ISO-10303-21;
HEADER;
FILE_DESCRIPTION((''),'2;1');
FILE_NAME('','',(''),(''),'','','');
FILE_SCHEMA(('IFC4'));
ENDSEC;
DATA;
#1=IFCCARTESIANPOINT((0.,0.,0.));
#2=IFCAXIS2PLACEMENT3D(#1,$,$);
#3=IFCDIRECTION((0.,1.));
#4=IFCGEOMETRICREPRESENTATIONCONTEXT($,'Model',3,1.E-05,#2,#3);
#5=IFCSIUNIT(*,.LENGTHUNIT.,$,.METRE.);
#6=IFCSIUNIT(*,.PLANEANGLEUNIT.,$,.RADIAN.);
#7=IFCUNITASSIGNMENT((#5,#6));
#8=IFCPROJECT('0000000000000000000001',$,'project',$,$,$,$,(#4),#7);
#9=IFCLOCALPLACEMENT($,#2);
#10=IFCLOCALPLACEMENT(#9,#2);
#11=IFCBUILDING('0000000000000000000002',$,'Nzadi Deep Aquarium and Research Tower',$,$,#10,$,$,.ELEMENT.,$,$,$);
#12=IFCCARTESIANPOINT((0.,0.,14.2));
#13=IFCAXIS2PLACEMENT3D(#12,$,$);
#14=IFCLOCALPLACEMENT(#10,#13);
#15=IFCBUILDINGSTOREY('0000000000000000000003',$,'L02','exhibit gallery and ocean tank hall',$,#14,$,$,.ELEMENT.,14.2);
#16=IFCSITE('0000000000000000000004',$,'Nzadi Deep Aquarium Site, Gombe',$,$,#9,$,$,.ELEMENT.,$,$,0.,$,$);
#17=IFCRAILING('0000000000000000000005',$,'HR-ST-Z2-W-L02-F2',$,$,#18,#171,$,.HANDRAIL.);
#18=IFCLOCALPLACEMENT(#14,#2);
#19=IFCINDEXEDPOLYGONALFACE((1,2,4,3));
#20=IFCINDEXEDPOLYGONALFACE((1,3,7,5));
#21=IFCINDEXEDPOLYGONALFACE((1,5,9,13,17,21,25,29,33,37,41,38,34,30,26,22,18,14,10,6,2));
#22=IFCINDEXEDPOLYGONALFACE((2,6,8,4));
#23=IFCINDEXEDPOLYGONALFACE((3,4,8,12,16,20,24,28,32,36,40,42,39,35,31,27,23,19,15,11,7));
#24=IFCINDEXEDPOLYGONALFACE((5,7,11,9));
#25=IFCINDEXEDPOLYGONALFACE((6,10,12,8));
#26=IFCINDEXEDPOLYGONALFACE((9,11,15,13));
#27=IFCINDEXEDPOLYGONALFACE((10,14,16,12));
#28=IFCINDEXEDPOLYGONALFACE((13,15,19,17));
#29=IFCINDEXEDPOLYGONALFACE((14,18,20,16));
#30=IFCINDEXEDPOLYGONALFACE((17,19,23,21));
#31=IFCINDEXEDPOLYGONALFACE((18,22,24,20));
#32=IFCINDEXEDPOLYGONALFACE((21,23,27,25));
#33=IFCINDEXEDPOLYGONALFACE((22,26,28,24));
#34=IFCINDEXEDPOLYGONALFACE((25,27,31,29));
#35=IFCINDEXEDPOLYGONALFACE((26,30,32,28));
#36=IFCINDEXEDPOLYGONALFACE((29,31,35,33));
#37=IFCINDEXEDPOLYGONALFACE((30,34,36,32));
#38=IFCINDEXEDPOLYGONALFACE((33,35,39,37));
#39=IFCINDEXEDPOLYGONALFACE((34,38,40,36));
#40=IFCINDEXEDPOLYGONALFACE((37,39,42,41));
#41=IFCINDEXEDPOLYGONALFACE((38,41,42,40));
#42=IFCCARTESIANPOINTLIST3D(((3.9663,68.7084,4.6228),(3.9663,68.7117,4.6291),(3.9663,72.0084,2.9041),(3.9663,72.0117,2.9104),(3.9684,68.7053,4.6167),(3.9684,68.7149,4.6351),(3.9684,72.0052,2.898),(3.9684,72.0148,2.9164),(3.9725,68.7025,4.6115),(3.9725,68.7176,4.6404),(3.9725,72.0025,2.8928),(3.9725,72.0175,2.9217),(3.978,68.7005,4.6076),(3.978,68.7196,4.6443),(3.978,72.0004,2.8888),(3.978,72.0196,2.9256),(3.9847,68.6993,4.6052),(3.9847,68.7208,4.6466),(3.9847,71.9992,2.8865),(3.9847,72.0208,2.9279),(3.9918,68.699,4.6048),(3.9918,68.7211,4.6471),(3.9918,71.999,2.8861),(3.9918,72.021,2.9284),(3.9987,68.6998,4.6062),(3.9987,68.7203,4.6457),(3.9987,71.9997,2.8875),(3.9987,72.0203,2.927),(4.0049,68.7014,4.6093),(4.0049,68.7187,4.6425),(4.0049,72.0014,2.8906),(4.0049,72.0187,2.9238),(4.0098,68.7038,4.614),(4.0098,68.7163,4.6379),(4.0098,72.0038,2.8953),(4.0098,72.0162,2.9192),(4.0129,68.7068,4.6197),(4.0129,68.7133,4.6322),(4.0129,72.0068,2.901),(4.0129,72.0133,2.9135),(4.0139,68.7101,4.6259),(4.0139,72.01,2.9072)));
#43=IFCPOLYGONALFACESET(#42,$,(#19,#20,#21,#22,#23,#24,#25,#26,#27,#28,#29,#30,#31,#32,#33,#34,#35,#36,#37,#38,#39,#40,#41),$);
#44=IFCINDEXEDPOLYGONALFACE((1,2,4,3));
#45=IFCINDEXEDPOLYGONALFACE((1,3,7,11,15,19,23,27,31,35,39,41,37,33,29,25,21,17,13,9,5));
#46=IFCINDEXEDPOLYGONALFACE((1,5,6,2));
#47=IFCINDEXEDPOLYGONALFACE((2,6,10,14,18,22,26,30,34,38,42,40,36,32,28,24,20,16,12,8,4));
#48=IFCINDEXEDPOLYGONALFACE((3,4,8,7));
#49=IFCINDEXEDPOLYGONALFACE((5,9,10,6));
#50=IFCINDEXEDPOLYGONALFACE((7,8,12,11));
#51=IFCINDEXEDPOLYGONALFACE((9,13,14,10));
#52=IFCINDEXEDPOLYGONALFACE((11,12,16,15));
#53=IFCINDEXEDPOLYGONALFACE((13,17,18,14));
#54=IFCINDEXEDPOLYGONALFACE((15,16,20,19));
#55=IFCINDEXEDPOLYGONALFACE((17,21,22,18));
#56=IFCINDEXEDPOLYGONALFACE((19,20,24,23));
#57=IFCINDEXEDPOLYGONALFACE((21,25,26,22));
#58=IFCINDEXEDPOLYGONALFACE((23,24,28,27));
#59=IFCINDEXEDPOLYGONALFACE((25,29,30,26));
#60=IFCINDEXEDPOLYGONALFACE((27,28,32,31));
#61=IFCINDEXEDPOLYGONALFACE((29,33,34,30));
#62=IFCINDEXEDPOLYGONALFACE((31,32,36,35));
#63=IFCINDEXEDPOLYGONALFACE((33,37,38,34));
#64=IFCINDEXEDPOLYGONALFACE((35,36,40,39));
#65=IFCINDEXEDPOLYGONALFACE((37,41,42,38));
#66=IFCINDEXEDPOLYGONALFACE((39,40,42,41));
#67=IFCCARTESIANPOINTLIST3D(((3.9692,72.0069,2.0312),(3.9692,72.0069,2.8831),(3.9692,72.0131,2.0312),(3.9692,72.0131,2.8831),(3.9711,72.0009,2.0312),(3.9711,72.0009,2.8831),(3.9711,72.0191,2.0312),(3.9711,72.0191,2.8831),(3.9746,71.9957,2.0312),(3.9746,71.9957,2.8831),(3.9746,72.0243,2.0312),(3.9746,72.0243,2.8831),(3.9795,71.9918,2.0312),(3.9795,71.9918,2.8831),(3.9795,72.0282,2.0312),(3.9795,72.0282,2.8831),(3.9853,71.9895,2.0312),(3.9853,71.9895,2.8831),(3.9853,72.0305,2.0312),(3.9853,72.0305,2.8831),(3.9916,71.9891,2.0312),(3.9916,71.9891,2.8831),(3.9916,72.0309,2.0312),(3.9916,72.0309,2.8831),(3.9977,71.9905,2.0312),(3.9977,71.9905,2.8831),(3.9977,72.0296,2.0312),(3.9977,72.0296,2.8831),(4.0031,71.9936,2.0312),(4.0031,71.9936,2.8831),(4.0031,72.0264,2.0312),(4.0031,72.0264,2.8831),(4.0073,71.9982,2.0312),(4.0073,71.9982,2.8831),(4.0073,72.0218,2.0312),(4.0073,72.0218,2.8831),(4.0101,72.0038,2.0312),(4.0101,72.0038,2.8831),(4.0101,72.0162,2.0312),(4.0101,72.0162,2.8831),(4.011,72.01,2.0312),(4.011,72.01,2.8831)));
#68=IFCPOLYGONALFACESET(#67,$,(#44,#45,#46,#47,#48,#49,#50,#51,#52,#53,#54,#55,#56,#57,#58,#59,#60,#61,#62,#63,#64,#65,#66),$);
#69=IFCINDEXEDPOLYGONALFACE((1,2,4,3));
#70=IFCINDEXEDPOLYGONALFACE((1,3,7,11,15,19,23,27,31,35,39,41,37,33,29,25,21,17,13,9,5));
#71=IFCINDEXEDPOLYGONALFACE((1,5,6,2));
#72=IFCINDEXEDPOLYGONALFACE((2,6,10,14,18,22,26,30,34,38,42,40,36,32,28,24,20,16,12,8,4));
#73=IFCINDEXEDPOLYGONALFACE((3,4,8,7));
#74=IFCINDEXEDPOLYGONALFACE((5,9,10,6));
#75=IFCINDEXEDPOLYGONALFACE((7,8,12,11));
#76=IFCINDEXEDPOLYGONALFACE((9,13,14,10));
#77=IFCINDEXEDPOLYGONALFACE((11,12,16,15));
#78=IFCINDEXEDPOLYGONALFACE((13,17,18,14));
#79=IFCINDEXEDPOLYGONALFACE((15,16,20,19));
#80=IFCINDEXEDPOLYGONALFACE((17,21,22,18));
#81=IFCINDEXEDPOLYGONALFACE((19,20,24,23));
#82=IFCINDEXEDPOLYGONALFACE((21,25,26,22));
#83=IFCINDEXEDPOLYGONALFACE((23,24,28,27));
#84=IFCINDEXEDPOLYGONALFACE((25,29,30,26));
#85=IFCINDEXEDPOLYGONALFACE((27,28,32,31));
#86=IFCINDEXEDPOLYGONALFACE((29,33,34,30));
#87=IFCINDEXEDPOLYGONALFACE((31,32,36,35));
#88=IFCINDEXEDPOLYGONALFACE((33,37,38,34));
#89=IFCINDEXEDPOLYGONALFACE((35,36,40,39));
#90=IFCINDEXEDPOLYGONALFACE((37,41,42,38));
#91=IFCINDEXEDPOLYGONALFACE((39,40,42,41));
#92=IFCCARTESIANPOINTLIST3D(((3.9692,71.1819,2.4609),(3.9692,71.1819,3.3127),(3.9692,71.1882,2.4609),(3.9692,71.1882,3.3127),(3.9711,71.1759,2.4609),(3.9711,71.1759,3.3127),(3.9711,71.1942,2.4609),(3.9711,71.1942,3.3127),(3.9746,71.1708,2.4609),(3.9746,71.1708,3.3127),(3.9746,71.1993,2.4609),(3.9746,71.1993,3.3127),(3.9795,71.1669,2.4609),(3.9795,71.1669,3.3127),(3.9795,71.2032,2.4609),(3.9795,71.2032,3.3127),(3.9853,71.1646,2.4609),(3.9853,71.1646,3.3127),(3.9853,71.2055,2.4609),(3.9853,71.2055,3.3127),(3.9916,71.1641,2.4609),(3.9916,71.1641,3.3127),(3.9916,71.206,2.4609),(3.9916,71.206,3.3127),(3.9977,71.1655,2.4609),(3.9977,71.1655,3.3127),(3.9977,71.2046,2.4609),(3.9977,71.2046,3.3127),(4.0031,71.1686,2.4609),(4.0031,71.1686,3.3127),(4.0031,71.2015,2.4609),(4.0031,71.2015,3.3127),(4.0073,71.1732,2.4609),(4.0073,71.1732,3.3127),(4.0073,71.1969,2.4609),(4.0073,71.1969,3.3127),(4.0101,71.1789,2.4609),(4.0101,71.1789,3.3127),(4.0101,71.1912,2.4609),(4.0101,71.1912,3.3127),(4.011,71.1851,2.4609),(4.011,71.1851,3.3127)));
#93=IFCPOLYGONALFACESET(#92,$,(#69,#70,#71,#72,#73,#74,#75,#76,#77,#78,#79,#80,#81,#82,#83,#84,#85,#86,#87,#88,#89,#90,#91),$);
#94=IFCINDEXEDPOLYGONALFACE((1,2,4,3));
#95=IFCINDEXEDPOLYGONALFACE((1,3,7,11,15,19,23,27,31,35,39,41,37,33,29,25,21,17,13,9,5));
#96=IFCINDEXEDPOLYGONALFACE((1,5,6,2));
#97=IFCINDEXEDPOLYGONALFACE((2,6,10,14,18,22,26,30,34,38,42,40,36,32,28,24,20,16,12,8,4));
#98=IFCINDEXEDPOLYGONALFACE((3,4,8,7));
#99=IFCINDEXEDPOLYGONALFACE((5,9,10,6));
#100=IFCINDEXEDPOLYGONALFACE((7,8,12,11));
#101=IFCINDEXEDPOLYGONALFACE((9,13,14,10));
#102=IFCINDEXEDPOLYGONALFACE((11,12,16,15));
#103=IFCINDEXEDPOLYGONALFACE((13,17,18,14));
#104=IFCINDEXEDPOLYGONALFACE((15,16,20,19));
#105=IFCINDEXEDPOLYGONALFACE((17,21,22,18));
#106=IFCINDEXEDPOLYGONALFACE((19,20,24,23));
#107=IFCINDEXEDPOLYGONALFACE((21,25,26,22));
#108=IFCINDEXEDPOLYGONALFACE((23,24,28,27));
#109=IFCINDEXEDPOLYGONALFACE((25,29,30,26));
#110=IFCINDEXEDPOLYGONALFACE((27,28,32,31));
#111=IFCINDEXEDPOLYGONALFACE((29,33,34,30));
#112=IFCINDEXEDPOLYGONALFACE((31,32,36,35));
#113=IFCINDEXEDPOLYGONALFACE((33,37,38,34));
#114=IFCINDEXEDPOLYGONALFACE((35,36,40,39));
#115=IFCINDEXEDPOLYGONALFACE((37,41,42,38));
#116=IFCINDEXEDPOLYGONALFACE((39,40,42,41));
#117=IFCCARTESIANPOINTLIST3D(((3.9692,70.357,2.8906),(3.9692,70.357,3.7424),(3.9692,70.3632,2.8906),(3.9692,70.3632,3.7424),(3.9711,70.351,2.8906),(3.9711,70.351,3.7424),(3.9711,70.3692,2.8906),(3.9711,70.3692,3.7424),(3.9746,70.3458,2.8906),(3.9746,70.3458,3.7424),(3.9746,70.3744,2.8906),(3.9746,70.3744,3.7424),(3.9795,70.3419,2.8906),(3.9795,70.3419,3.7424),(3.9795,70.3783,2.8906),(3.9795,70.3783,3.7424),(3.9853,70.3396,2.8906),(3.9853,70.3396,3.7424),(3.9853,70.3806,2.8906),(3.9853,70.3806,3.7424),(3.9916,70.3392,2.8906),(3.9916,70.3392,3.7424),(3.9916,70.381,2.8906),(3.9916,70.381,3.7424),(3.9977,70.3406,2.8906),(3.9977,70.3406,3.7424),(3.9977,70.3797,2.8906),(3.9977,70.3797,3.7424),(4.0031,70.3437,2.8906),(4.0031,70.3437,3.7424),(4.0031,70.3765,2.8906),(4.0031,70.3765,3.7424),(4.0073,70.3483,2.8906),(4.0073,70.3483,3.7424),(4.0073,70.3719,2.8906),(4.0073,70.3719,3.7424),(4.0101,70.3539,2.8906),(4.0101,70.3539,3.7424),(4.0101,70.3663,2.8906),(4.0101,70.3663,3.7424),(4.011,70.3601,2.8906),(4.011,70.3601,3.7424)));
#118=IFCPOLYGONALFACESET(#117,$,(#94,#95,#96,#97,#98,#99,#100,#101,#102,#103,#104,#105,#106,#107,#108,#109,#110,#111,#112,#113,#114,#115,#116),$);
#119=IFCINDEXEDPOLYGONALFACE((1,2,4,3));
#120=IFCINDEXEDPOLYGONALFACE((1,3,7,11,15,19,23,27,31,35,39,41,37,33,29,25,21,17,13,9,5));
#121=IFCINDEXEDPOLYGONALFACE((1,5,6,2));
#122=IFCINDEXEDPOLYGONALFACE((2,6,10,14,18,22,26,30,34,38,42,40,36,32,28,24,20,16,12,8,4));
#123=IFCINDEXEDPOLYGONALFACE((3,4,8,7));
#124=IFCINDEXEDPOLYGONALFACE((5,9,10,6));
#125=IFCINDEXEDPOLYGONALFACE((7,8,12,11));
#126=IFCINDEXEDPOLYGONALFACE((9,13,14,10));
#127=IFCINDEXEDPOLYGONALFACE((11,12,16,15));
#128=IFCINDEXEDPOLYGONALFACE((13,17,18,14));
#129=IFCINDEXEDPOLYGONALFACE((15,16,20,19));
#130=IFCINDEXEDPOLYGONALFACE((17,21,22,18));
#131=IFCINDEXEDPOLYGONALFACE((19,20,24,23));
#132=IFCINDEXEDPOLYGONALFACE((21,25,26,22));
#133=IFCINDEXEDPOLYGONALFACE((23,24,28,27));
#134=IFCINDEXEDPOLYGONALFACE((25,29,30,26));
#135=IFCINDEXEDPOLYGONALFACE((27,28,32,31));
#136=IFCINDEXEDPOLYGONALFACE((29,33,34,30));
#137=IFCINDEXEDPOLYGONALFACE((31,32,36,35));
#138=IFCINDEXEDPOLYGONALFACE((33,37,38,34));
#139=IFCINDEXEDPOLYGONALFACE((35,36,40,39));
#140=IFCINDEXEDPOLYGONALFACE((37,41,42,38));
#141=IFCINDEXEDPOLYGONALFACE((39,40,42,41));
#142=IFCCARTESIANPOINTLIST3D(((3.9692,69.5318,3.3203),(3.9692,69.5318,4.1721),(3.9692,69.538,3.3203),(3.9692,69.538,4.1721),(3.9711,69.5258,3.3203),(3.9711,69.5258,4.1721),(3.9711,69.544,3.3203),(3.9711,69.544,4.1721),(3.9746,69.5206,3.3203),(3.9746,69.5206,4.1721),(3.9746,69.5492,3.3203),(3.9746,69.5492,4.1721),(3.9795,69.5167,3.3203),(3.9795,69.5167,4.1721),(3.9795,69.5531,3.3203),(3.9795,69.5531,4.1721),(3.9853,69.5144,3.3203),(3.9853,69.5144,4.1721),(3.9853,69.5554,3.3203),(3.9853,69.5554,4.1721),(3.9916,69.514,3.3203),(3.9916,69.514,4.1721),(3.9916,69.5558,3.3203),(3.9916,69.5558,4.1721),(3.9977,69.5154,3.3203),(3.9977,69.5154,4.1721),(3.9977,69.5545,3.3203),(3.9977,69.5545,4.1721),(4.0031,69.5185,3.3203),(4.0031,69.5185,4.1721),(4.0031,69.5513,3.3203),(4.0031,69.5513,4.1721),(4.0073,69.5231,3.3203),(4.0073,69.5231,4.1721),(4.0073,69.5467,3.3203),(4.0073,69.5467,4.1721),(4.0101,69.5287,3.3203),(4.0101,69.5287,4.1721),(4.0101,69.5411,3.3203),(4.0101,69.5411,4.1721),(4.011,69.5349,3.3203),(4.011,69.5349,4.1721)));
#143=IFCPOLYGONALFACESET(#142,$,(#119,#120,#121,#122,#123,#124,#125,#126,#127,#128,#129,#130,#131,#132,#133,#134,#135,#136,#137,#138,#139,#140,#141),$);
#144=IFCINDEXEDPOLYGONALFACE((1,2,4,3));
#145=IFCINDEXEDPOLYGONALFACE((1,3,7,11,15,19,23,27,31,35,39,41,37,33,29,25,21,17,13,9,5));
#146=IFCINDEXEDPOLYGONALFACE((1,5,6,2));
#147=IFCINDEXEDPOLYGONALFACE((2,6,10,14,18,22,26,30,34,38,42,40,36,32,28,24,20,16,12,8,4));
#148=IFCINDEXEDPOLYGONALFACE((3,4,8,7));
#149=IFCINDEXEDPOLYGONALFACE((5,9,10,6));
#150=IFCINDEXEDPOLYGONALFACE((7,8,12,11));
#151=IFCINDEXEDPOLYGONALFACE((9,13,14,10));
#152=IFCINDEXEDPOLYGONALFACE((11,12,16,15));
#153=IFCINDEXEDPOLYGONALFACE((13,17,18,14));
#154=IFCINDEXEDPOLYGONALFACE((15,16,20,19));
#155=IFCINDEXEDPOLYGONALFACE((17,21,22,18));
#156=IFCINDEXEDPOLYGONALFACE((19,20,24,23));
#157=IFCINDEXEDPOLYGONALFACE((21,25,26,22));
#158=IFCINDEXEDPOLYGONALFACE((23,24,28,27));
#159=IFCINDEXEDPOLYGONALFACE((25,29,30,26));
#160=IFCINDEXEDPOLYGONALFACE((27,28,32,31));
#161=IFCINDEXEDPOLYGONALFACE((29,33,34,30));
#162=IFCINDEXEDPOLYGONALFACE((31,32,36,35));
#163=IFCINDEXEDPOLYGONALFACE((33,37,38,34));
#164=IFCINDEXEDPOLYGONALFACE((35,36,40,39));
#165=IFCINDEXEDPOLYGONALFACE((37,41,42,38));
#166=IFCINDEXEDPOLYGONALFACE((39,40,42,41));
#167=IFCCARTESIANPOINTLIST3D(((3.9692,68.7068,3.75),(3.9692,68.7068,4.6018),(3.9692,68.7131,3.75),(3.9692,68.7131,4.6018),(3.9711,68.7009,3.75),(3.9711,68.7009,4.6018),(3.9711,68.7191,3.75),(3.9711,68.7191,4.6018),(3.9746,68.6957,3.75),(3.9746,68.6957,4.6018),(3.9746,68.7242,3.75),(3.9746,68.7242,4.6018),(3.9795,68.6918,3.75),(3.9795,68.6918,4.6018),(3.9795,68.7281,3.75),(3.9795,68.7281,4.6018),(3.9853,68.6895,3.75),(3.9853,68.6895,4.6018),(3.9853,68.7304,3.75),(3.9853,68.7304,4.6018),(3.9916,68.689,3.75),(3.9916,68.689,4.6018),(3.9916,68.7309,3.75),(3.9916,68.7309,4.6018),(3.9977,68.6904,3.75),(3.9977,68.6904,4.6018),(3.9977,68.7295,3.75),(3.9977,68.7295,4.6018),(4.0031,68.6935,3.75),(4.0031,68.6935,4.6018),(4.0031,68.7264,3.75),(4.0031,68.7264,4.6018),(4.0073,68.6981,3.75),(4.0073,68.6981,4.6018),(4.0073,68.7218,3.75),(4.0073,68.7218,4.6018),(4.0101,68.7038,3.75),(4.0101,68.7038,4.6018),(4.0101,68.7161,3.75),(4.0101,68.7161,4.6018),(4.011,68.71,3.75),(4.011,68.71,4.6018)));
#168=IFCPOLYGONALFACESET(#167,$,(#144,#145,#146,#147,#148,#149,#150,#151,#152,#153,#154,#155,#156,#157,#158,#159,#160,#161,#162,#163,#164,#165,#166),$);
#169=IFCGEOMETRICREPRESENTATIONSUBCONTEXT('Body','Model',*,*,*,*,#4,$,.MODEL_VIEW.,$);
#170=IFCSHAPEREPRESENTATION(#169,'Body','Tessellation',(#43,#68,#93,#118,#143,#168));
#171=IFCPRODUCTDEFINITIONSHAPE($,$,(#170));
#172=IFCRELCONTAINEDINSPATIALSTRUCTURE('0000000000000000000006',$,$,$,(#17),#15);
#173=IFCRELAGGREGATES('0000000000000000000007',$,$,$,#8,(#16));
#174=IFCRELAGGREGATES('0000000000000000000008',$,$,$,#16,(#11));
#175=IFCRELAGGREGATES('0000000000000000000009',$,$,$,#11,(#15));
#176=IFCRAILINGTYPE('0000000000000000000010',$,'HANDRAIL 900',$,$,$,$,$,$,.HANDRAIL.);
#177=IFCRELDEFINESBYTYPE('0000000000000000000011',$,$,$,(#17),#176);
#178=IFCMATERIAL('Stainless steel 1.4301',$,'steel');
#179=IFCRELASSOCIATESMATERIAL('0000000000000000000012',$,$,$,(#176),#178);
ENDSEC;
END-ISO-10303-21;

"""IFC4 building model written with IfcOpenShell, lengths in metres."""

from ifc_helpers import new_model, si_unit, direction, frame, origin, origin_2d, place, context, subcontext, project, spatial, circle, extrude, material, type_object, element, save


model = new_model("IFC4")

# Units and contexts
model_context = context("Model", 3, precision=1e-05, world=origin(), true_north=direction((0.0, 1.0)))
body_context = subcontext(model_context, "Body", "Model", "MODEL_VIEW")
ifc_project = project(units=[si_unit("LENGTHUNIT", "METRE"), si_unit("PLANEANGLEUNIT", "RADIAN")], contexts=[model_context])

# Site, building, storey
site_placement = place(None, origin())
site = spatial("IfcSite", under=ifc_project, at=site_placement, Name="Nzadi Deep Aquarium Site, Gombe", CompositionType="ELEMENT", RefElevation=0.0)
building_placement = place(site_placement, origin())
building = spatial("IfcBuilding", under=site, at=building_placement, Name="Nzadi Deep Aquarium and Research Tower", CompositionType="ELEMENT")
storey_placement = place(building_placement, frame((0.0, 0.0, 14.2)))
storey = spatial("IfcBuildingStorey", under=building, at=storey_placement, Name="L02", Description="exhibit gallery and ocean tank hall", CompositionType="ELEMENT", Elevation=14.2)

# Railing
ifc_material_1 = material(Name="Stainless steel 1.4301", Category="steel")
railing_type = type_object("IfcRailingType", Name="HANDRAIL 900", PredefinedType="HANDRAIL", material=ifc_material_1)
for number, where, name in (
    (1, (3.99, 72.01, 2.0312), "HR-ST-Z2-W-L02-F2"),
):
    element("IfcRailing", number, at=place(storey_placement, frame(where)), inside=storey, type_object=railing_type, Name=name, PredefinedType="HANDRAIL", context=body_context, shape_type="SweptSolid", body=[
        extrude(circle(Radius=0.0239, at=origin_2d()), frame((0.0, 0.0, 0.876), z_axis=(0.0, -0.886917, 0.461929), x_axis=(1.0, 0.0, 0.0)), (0.0, 0.0, 1.0), 3.7207),
        extrude(circle(Radius=0.021, at=origin_2d()), origin(), (0.0, 0.0, 1.0), 0.8518),
        extrude(circle(Radius=0.021, at=origin_2d()), frame((0.0, -0.825, 0.4297)), (0.0, 0.0, 1.0), 0.8518),
        extrude(circle(Radius=0.021, at=origin_2d()), frame((0.0, -1.6499, 0.8594)), (0.0, 0.0, 1.0), 0.8518),
        extrude(circle(Radius=0.021, at=origin_2d()), frame((0.0, -2.4751, 1.2891)), (0.0, 0.0, 1.0), 0.8518),
        extrude(circle(Radius=0.021, at=origin_2d()), frame((0.0, -3.3, 1.7188)), (0.0, 0.0, 1.0), 0.8518),
    ])

save(model, "model.ifc")
